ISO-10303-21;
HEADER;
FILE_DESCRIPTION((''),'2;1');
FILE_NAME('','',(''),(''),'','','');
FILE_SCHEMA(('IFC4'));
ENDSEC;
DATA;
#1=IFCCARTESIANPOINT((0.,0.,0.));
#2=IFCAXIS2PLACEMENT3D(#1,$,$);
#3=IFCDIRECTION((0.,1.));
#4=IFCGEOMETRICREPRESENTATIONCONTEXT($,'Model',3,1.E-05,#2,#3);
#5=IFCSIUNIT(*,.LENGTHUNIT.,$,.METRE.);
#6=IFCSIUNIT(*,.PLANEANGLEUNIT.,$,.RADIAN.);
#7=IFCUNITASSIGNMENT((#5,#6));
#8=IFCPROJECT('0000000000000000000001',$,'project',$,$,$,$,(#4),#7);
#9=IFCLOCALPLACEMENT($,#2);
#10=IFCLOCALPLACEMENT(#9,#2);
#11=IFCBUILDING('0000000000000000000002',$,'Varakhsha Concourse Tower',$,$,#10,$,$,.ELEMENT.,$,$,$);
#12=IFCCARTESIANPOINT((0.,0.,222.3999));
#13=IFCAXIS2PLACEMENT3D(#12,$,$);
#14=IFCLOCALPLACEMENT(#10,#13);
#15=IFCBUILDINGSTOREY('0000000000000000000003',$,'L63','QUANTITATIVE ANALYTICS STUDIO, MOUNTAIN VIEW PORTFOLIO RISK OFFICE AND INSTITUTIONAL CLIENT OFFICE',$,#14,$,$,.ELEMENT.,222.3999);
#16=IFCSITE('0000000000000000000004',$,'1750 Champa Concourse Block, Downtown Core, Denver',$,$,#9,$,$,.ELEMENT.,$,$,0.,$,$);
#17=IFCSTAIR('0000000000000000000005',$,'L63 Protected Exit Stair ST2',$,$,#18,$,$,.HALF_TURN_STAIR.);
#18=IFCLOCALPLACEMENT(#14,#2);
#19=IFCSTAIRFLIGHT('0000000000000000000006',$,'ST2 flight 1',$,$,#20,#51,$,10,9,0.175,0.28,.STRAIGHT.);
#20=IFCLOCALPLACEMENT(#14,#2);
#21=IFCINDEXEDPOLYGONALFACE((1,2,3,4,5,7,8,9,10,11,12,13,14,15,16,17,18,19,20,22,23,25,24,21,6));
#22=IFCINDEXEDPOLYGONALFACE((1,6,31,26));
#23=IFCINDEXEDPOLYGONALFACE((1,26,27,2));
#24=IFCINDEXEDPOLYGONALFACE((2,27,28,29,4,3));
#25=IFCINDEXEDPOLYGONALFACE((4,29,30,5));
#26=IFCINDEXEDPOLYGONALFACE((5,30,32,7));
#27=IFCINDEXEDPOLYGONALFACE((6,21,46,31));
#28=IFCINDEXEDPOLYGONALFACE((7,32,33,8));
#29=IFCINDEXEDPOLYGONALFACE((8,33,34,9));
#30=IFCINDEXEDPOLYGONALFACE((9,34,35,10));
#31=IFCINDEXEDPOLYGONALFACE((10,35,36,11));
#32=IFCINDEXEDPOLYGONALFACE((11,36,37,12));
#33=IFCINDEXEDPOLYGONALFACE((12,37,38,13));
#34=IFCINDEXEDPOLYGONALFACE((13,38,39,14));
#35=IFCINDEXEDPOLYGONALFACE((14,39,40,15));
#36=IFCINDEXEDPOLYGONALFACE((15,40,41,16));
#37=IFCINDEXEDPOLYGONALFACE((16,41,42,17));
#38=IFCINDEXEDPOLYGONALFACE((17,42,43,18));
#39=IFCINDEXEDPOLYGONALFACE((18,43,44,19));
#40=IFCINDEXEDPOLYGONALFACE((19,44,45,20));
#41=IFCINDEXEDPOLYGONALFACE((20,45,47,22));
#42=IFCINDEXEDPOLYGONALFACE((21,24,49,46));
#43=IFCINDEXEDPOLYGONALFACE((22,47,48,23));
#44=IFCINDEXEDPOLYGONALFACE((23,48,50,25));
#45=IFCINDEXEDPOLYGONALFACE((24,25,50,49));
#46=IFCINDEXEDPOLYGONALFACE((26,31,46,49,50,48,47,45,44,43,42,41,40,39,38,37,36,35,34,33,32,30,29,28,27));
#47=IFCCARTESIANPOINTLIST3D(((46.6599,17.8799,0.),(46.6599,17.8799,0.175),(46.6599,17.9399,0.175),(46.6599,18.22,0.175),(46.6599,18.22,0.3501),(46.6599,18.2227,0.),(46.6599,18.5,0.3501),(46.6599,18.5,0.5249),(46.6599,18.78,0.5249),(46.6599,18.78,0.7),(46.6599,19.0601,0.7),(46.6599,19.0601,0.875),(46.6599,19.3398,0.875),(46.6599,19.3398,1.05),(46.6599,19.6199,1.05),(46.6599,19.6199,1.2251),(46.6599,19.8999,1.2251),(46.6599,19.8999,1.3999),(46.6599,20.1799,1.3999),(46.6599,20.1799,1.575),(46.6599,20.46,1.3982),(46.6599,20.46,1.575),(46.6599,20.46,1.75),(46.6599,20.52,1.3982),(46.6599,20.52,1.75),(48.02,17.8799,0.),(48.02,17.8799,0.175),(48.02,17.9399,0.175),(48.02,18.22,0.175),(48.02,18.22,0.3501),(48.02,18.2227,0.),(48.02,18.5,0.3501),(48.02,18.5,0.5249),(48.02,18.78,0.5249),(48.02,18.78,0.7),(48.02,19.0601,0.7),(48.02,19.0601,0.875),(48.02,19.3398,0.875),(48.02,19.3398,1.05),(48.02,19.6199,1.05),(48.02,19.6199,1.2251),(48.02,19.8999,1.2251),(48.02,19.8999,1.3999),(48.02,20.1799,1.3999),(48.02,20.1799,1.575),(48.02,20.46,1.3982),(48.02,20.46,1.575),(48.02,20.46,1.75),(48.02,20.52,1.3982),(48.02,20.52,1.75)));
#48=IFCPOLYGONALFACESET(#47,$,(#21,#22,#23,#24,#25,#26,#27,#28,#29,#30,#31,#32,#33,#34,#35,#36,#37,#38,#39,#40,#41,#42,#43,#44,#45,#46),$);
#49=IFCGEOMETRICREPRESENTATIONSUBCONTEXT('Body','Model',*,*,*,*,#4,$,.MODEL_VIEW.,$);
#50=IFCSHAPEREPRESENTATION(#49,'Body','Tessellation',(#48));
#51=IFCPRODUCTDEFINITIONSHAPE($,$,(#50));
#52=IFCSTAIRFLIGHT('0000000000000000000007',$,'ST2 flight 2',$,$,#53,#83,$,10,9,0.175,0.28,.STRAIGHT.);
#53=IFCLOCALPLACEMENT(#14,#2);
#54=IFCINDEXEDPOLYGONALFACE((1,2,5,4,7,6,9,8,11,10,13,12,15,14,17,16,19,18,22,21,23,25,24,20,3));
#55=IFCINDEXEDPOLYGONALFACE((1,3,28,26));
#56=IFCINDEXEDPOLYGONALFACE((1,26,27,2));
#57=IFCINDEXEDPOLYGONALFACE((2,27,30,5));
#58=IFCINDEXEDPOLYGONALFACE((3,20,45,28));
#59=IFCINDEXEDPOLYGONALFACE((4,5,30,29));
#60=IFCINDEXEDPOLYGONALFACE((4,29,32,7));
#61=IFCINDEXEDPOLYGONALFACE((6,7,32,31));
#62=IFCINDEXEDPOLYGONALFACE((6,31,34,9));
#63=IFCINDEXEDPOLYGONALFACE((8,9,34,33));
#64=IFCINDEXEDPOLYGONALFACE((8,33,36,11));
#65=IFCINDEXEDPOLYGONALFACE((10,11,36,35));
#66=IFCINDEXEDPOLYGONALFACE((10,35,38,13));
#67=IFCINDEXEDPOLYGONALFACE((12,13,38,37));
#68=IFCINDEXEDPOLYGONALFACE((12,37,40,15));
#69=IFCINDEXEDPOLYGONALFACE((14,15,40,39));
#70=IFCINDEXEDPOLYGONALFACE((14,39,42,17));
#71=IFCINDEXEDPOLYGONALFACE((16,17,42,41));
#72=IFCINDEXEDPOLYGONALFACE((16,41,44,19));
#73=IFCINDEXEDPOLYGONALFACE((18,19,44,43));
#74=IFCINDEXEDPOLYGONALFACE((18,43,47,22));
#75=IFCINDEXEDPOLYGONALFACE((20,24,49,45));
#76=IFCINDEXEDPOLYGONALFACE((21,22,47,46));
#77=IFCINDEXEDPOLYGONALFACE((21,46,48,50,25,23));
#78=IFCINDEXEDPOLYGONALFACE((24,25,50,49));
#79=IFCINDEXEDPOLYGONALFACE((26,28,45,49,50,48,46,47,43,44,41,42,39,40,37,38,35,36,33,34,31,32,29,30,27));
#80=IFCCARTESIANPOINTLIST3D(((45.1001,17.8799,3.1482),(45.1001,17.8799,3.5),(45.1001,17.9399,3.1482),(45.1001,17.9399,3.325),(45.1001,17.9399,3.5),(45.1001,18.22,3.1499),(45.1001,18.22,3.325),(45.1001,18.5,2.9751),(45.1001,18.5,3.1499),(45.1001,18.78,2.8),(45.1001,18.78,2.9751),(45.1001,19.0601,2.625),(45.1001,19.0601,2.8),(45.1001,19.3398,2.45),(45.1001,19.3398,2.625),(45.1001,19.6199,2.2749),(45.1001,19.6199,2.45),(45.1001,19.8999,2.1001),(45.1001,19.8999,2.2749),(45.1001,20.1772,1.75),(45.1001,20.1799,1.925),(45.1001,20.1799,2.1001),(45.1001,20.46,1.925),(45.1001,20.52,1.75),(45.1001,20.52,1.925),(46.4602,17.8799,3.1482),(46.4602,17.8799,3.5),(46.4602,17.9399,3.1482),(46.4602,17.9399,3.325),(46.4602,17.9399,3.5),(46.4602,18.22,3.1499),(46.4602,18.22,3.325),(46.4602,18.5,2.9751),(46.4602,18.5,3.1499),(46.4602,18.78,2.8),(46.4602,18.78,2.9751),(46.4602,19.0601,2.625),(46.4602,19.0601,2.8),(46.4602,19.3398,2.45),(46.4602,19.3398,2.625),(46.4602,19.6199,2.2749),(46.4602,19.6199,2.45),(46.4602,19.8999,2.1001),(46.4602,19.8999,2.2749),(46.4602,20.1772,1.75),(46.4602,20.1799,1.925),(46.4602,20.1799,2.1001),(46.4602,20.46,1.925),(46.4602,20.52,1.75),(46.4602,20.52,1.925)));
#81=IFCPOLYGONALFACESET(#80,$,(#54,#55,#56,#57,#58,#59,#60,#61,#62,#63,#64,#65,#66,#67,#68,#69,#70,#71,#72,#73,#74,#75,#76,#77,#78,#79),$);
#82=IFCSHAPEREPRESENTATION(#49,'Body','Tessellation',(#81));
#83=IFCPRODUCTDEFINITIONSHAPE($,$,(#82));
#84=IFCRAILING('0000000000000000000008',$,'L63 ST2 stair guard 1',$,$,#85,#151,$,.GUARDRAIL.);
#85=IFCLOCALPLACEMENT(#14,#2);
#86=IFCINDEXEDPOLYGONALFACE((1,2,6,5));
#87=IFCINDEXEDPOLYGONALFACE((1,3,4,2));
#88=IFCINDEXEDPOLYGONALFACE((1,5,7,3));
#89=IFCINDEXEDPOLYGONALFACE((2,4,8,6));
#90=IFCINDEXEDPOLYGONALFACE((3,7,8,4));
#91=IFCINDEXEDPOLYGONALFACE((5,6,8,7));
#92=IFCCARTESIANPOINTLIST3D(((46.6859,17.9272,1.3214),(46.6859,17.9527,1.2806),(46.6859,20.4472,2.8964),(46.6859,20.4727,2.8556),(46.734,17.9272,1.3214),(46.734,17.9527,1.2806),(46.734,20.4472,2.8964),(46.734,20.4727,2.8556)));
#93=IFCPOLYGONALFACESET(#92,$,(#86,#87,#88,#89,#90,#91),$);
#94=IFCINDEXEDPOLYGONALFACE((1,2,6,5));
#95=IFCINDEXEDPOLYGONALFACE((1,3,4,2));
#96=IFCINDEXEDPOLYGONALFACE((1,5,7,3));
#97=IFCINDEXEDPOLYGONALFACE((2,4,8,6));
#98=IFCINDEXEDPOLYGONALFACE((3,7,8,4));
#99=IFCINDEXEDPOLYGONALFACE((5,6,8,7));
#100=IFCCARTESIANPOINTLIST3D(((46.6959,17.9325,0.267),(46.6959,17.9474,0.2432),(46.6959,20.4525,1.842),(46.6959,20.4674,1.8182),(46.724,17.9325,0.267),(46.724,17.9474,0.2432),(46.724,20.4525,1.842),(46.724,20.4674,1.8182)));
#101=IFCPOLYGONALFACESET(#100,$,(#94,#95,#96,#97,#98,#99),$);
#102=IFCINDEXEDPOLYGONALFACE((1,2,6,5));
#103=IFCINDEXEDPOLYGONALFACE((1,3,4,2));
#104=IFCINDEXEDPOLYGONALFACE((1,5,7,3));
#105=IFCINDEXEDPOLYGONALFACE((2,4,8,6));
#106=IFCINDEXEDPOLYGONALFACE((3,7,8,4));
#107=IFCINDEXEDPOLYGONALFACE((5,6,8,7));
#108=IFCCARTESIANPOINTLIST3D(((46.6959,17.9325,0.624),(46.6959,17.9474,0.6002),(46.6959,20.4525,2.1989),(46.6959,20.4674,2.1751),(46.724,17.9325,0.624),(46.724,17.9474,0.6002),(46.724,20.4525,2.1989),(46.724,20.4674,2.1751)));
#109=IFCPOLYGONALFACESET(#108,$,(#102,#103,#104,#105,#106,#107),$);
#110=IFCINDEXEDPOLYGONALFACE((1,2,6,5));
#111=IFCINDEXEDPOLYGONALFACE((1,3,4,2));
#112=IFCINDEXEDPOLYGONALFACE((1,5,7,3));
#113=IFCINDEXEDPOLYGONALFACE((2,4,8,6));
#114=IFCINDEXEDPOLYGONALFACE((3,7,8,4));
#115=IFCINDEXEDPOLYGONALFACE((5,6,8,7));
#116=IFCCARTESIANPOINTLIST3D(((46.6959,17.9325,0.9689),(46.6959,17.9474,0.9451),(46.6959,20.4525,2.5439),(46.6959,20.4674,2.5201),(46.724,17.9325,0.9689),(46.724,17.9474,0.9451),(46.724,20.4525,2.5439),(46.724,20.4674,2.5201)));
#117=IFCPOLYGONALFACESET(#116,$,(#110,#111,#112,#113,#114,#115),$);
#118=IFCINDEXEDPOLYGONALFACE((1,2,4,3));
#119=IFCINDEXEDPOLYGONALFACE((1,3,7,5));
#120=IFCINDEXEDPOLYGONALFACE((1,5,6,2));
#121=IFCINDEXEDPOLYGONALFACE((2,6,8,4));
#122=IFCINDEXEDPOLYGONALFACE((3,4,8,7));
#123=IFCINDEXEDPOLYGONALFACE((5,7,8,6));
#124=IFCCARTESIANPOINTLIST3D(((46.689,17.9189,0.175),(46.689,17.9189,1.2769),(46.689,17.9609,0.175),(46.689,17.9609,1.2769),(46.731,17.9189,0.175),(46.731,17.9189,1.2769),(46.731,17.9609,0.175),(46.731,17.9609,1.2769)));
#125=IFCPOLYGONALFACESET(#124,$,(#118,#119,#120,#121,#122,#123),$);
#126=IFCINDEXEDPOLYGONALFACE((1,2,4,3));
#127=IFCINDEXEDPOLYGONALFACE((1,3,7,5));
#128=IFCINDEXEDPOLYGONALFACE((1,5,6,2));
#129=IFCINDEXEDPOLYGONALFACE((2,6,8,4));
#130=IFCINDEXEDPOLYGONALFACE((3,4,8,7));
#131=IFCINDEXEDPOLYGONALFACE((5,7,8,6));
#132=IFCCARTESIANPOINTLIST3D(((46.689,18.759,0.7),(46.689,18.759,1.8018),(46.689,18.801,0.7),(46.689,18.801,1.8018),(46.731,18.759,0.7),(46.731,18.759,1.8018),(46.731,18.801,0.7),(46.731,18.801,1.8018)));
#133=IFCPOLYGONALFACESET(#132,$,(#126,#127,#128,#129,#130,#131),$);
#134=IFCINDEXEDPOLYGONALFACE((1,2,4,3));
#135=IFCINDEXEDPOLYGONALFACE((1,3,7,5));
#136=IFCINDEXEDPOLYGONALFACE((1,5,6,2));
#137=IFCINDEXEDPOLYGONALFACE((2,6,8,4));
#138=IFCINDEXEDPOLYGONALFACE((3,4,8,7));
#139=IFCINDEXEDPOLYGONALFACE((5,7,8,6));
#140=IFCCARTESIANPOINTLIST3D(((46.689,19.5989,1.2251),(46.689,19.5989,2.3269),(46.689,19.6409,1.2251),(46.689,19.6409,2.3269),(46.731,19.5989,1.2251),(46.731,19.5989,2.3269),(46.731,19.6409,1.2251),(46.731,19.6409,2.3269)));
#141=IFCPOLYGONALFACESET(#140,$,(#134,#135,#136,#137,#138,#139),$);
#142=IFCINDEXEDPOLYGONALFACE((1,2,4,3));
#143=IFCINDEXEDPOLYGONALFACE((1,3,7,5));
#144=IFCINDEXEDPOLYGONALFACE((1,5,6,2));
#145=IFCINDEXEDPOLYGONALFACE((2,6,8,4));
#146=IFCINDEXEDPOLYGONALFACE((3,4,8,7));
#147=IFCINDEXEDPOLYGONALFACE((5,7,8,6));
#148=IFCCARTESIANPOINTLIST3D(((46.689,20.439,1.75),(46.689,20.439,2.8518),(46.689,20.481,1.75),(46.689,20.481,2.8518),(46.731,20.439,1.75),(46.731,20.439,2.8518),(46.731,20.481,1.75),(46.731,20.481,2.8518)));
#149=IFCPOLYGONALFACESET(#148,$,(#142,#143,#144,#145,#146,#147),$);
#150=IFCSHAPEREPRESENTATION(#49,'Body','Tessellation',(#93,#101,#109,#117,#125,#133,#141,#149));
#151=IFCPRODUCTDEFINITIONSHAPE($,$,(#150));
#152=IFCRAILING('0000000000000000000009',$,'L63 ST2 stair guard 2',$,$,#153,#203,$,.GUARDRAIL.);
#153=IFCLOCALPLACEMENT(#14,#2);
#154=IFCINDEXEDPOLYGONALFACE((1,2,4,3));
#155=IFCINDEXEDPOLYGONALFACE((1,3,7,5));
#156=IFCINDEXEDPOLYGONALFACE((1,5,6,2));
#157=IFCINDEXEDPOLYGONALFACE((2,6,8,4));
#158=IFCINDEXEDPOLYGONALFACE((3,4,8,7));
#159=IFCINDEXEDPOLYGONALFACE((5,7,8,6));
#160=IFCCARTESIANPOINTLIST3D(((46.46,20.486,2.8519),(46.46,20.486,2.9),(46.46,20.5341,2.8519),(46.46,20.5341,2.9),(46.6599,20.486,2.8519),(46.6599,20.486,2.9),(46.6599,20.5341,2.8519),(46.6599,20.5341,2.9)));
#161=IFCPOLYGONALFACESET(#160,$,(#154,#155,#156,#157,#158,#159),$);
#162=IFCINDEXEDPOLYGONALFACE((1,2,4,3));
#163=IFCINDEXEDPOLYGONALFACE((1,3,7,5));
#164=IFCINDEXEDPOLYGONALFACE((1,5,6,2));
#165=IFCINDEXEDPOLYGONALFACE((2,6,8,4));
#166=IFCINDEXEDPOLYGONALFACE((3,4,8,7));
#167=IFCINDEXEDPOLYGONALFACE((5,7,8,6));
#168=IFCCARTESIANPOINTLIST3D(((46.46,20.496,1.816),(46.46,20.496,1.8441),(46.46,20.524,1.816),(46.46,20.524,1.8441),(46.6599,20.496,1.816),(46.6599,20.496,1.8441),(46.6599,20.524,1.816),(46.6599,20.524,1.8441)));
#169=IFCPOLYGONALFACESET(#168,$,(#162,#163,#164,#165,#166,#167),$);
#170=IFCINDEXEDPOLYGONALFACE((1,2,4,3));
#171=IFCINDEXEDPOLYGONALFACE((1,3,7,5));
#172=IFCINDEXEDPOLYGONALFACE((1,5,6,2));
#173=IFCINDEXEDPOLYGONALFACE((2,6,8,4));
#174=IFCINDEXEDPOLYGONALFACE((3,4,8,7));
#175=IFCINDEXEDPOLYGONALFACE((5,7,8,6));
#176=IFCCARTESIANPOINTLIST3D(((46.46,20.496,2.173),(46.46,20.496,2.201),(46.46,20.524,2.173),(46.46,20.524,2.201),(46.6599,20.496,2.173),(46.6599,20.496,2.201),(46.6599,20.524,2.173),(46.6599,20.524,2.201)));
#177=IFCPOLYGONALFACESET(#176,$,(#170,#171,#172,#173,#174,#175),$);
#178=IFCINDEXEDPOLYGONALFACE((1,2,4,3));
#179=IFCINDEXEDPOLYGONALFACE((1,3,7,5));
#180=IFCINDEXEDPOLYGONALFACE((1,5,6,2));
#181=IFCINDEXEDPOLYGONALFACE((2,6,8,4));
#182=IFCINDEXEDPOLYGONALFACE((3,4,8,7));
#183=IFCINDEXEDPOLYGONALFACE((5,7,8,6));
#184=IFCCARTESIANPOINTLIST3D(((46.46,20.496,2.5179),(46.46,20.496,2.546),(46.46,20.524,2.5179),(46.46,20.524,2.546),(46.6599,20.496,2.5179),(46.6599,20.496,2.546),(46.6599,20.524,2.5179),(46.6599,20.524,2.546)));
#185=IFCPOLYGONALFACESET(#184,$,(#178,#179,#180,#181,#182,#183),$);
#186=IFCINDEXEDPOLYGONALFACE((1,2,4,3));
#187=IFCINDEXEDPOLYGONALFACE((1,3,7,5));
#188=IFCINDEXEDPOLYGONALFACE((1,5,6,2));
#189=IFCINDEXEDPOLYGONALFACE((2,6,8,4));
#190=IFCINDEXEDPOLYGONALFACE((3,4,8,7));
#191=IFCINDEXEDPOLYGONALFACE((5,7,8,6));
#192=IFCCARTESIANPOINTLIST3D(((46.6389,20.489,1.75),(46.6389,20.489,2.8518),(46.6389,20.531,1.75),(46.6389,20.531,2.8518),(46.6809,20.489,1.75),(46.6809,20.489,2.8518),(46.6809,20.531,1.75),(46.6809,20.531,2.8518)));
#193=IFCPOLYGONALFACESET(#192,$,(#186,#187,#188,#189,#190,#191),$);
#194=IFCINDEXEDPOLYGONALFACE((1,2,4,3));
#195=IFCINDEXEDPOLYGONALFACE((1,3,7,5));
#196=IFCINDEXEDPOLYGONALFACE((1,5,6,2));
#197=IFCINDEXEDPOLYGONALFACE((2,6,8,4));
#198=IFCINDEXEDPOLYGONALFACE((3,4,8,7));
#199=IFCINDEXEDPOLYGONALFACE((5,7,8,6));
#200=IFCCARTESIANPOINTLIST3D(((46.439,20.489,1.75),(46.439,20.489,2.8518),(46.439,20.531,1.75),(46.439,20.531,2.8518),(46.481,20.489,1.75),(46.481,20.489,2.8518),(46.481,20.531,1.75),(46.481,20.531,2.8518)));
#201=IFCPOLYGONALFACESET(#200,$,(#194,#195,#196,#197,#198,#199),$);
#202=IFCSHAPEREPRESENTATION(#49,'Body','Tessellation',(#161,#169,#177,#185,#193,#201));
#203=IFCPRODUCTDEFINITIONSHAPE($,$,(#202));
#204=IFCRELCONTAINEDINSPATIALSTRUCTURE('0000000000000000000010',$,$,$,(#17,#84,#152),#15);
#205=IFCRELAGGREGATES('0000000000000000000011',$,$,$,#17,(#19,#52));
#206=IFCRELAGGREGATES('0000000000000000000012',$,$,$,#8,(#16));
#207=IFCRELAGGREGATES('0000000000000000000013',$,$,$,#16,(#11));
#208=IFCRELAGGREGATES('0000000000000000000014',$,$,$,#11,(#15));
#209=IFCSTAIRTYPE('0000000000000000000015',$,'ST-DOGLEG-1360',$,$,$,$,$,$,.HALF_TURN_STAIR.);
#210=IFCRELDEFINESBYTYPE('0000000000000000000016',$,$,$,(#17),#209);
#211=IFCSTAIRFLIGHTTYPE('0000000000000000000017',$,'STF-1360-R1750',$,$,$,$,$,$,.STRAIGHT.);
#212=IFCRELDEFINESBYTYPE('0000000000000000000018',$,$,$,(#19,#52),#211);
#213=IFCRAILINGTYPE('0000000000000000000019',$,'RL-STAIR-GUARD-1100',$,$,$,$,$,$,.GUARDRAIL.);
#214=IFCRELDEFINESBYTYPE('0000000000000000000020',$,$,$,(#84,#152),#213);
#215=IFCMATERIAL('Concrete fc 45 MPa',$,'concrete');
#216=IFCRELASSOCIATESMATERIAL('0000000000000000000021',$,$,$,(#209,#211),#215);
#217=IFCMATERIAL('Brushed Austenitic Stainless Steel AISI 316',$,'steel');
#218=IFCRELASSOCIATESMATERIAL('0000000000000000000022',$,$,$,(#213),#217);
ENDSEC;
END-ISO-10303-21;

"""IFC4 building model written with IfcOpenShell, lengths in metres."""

from ifc_helpers import new_model, si_unit, direction, frame, origin, origin_2d, place, context, subcontext, project, spatial, polyline, rectangle, outline, extrude, material, type_object, element, aggregate, save


model = new_model("IFC4")

# Units and contexts
model_context = context("Model", 3, precision=1e-05, world=origin(), true_north=direction((0.0, 1.0)))
body_context = subcontext(model_context, "Body", "Model", "MODEL_VIEW")
ifc_project = project(units=[si_unit("LENGTHUNIT", "METRE"), si_unit("PLANEANGLEUNIT", "RADIAN")], contexts=[model_context])

# Site, building, storey
site_placement = place(None, origin())
site = spatial("IfcSite", under=ifc_project, at=site_placement, Name="1750 Champa Concourse Block, Downtown Core, Denver", CompositionType="ELEMENT", RefElevation=0.0)
building_placement = place(site_placement, origin())
building = spatial("IfcBuilding", under=site, at=building_placement, Name="Varakhsha Concourse Tower", CompositionType="ELEMENT")
storey_placement = place(building_placement, frame((0.0, 0.0, 222.3999)))
storey = spatial("IfcBuildingStorey", under=building, at=storey_placement, Name="L63", Description="QUANTITATIVE ANALYTICS STUDIO, MOUNTAIN VIEW PORTFOLIO RISK OFFICE AND INSTITUTIONAL CLIENT OFFICE", CompositionType="ELEMENT", Elevation=222.3999)

# Shared definitions
ifc_material_1 = material(Name="Concrete fc 45 MPa", Category="concrete")

# Stair, stair flights
stair_type = type_object("IfcStairType", Name="ST-DOGLEG-1360", PredefinedType="HALF_TURN_STAIR", material=ifc_material_1)
stair_placement = place(storey_placement, origin())
stair = element("IfcStair", 1, at=stair_placement, inside=storey, type_object=stair_type, Name="L63 Protected Exit Stair ST2", PredefinedType="HALF_TURN_STAIR")
stair_flight_type = type_object("IfcStairFlightType", Name="STF-1360-R1750", PredefinedType="STRAIGHT", material=ifc_material_1)
stair_flight_1_placement = place(storey_placement, frame((47.3401, 17.9399, 0.0), z_axis=(0.0, 0.0, 1.0), x_axis=(0.0, 1.0, 0.0)))
stair_flight_1 = element("IfcStairFlight", 2, at=stair_flight_1_placement, type_object=stair_flight_type, Name="ST2 flight 1", NumberOfRisers=10, NumberOfTreads=9, PredefinedType="STRAIGHT", RiserHeight=0.175, TreadLength=0.28, context=body_context, shape_type="SweptSolid", body=[
    extrude(outline(polyline([(-0.0601, 0.0), (-0.0601, 0.175), (0.0, 0.175), (0.28, 0.175), (0.28, 0.3501), (0.5601, 0.3501), (0.5601, 0.5249), (0.8401, 0.5249), (0.8401, 0.7), (1.1201, 0.7), (1.1201, 0.875), (1.3999, 0.875), (1.3999, 1.05), (1.6799, 1.05), (1.6799, 1.2251), (1.96, 1.2251), (1.96, 1.3999), (2.24, 1.3999), (2.24, 1.575), (2.52, 1.575), (2.52, 1.75), (2.5801, 1.75), (2.5801, 1.3982), (2.52, 1.3982), (0.2827, 0.0), (-0.0601, 0.0)])), frame((0.0, 0.6802, 0.0), z_axis=(0.0, -1.0, 0.0), x_axis=(1.0, 0.0, 0.0)), (0.0, 0.0, 1.0), 1.3601),
])
stair_flight_2_placement = place(storey_placement, frame((45.78, 20.46, 1.75), z_axis=(0.0, 0.0, 1.0), x_axis=(0.0, -1.0, 0.0)))
stair_flight_2 = element("IfcStairFlight", 3, at=stair_flight_2_placement, type_object=stair_flight_type, Name="ST2 flight 2", NumberOfRisers=10, NumberOfTreads=9, PredefinedType="STRAIGHT", RiserHeight=0.175, TreadLength=0.28, context=body_context, shape_type="SweptSolid", body=[
    extrude(outline(polyline([(-0.0601, 0.0), (-0.0601, 0.175), (0.0, 0.175), (0.28, 0.175), (0.28, 0.3501), (0.5601, 0.3501), (0.5601, 0.5249), (0.8401, 0.5249), (0.8401, 0.7), (1.1201, 0.7), (1.1201, 0.875), (1.3999, 0.875), (1.3999, 1.05), (1.6799, 1.05), (1.6799, 1.2251), (1.96, 1.2251), (1.96, 1.3999), (2.24, 1.3999), (2.24, 1.575), (2.52, 1.575), (2.52, 1.75), (2.5801, 1.75), (2.5801, 1.3982), (2.52, 1.3982), (0.2827, 0.0), (-0.0601, 0.0)])), frame((0.0, 0.6802, 0.0), z_axis=(0.0, -1.0, 0.0), x_axis=(1.0, 0.0, 0.0)), (0.0, 0.0, 1.0), 1.3601),
])
aggregate(stair, [stair_flight_1, stair_flight_2])

# Railings
ifc_material_2 = material(Name="Brushed Austenitic Stainless Steel AISI 316", Category="steel")
railing_type_1 = type_object("IfcRailingType", Name="RL-STAIR-GUARD-1100", PredefinedType="GUARDRAIL", material=ifc_material_2)
railing_1_placement = place(storey_placement, frame((46.71, 17.9399, 0.175)))
element("IfcRailing", 4, at=railing_1_placement, inside=storey, type_object=railing_type_1, Name="L63 ST2 stair guard 1", PredefinedType="GUARDRAIL", context=body_context, shape_type="SweptSolid", body=[
    extrude(rectangle(XDim=0.0481, YDim=0.0481, at=origin_2d()), frame((0.0, 0.0, 1.126), z_axis=(0.0, 0.848008, 0.529984), x_axis=(-1.0, 0.0, 0.0)), (0.0, 0.0, 1.0), 2.9717),
    extrude(rectangle(XDim=0.0281, YDim=0.0281, at=origin_2d()), frame((0.0, 0.0, 0.0801), z_axis=(0.0, 0.848008, 0.529984), x_axis=(-1.0, 0.0, 0.0)), (0.0, 0.0, 1.0), 2.9717),
    extrude(rectangle(XDim=0.0281, YDim=0.0281, at=origin_2d()), frame((0.0, 0.0, 0.437), z_axis=(0.0, 0.848008, 0.529984), x_axis=(-1.0, 0.0, 0.0)), (0.0, 0.0, 1.0), 2.9717),
    extrude(rectangle(XDim=0.0281, YDim=0.0281, at=origin_2d()), frame((0.0, 0.0, 0.782), z_axis=(0.0, 0.848008, 0.529984), x_axis=(-1.0, 0.0, 0.0)), (0.0, 0.0, 1.0), 2.9717),
    extrude(rectangle(XDim=0.042, YDim=0.042, at=origin_2d()), origin(), (0.0, 0.0, 1.0), 1.1018),
    extrude(rectangle(XDim=0.042, YDim=0.042, at=origin_2d()), frame((0.0, 0.8401, 0.5249)), (0.0, 0.0, 1.0), 1.1018),
    extrude(rectangle(XDim=0.042, YDim=0.042, at=origin_2d()), frame((0.0, 1.6799, 1.05)), (0.0, 0.0, 1.0), 1.1018),
    extrude(rectangle(XDim=0.042, YDim=0.042, at=origin_2d()), frame((0.0, 2.52, 1.575)), (0.0, 0.0, 1.0), 1.1018),
])
railing_2_placement = place(storey_placement, frame((46.6599, 20.51, 1.75)))
element("IfcRailing", 5, at=railing_2_placement, inside=storey, type_object=railing_type_1, Name="L63 ST2 stair guard 2", PredefinedType="GUARDRAIL", context=body_context, shape_type="SweptSolid", body=[
    extrude(rectangle(XDim=0.0481, YDim=0.0481, at=origin_2d()), frame((0.0, 0.0, 1.126), z_axis=(-1.0, 0.0, 0.0), x_axis=(0.0, -1.0, 0.0)), (0.0, 0.0, 1.0), 0.2),
    extrude(rectangle(XDim=0.0281, YDim=0.0281, at=origin_2d()), frame((0.0, 0.0, 0.0801), z_axis=(-1.0, 0.0, 0.0), x_axis=(0.0, -1.0, 0.0)), (0.0, 0.0, 1.0), 0.2),
    extrude(rectangle(XDim=0.0281, YDim=0.0281, at=origin_2d()), frame((0.0, 0.0, 0.437), z_axis=(-1.0, 0.0, 0.0), x_axis=(0.0, -1.0, 0.0)), (0.0, 0.0, 1.0), 0.2),
    extrude(rectangle(XDim=0.0281, YDim=0.0281, at=origin_2d()), frame((0.0, 0.0, 0.782), z_axis=(-1.0, 0.0, 0.0), x_axis=(0.0, -1.0, 0.0)), (0.0, 0.0, 1.0), 0.2),
    extrude(rectangle(XDim=0.042, YDim=0.042, at=origin_2d()), origin(), (0.0, 0.0, 1.0), 1.1018),
    extrude(rectangle(XDim=0.042, YDim=0.042, at=origin_2d()), frame((-0.2, 0.0, 0.0)), (0.0, 0.0, 1.0), 1.1018),
])

save(model, "model.ifc")
